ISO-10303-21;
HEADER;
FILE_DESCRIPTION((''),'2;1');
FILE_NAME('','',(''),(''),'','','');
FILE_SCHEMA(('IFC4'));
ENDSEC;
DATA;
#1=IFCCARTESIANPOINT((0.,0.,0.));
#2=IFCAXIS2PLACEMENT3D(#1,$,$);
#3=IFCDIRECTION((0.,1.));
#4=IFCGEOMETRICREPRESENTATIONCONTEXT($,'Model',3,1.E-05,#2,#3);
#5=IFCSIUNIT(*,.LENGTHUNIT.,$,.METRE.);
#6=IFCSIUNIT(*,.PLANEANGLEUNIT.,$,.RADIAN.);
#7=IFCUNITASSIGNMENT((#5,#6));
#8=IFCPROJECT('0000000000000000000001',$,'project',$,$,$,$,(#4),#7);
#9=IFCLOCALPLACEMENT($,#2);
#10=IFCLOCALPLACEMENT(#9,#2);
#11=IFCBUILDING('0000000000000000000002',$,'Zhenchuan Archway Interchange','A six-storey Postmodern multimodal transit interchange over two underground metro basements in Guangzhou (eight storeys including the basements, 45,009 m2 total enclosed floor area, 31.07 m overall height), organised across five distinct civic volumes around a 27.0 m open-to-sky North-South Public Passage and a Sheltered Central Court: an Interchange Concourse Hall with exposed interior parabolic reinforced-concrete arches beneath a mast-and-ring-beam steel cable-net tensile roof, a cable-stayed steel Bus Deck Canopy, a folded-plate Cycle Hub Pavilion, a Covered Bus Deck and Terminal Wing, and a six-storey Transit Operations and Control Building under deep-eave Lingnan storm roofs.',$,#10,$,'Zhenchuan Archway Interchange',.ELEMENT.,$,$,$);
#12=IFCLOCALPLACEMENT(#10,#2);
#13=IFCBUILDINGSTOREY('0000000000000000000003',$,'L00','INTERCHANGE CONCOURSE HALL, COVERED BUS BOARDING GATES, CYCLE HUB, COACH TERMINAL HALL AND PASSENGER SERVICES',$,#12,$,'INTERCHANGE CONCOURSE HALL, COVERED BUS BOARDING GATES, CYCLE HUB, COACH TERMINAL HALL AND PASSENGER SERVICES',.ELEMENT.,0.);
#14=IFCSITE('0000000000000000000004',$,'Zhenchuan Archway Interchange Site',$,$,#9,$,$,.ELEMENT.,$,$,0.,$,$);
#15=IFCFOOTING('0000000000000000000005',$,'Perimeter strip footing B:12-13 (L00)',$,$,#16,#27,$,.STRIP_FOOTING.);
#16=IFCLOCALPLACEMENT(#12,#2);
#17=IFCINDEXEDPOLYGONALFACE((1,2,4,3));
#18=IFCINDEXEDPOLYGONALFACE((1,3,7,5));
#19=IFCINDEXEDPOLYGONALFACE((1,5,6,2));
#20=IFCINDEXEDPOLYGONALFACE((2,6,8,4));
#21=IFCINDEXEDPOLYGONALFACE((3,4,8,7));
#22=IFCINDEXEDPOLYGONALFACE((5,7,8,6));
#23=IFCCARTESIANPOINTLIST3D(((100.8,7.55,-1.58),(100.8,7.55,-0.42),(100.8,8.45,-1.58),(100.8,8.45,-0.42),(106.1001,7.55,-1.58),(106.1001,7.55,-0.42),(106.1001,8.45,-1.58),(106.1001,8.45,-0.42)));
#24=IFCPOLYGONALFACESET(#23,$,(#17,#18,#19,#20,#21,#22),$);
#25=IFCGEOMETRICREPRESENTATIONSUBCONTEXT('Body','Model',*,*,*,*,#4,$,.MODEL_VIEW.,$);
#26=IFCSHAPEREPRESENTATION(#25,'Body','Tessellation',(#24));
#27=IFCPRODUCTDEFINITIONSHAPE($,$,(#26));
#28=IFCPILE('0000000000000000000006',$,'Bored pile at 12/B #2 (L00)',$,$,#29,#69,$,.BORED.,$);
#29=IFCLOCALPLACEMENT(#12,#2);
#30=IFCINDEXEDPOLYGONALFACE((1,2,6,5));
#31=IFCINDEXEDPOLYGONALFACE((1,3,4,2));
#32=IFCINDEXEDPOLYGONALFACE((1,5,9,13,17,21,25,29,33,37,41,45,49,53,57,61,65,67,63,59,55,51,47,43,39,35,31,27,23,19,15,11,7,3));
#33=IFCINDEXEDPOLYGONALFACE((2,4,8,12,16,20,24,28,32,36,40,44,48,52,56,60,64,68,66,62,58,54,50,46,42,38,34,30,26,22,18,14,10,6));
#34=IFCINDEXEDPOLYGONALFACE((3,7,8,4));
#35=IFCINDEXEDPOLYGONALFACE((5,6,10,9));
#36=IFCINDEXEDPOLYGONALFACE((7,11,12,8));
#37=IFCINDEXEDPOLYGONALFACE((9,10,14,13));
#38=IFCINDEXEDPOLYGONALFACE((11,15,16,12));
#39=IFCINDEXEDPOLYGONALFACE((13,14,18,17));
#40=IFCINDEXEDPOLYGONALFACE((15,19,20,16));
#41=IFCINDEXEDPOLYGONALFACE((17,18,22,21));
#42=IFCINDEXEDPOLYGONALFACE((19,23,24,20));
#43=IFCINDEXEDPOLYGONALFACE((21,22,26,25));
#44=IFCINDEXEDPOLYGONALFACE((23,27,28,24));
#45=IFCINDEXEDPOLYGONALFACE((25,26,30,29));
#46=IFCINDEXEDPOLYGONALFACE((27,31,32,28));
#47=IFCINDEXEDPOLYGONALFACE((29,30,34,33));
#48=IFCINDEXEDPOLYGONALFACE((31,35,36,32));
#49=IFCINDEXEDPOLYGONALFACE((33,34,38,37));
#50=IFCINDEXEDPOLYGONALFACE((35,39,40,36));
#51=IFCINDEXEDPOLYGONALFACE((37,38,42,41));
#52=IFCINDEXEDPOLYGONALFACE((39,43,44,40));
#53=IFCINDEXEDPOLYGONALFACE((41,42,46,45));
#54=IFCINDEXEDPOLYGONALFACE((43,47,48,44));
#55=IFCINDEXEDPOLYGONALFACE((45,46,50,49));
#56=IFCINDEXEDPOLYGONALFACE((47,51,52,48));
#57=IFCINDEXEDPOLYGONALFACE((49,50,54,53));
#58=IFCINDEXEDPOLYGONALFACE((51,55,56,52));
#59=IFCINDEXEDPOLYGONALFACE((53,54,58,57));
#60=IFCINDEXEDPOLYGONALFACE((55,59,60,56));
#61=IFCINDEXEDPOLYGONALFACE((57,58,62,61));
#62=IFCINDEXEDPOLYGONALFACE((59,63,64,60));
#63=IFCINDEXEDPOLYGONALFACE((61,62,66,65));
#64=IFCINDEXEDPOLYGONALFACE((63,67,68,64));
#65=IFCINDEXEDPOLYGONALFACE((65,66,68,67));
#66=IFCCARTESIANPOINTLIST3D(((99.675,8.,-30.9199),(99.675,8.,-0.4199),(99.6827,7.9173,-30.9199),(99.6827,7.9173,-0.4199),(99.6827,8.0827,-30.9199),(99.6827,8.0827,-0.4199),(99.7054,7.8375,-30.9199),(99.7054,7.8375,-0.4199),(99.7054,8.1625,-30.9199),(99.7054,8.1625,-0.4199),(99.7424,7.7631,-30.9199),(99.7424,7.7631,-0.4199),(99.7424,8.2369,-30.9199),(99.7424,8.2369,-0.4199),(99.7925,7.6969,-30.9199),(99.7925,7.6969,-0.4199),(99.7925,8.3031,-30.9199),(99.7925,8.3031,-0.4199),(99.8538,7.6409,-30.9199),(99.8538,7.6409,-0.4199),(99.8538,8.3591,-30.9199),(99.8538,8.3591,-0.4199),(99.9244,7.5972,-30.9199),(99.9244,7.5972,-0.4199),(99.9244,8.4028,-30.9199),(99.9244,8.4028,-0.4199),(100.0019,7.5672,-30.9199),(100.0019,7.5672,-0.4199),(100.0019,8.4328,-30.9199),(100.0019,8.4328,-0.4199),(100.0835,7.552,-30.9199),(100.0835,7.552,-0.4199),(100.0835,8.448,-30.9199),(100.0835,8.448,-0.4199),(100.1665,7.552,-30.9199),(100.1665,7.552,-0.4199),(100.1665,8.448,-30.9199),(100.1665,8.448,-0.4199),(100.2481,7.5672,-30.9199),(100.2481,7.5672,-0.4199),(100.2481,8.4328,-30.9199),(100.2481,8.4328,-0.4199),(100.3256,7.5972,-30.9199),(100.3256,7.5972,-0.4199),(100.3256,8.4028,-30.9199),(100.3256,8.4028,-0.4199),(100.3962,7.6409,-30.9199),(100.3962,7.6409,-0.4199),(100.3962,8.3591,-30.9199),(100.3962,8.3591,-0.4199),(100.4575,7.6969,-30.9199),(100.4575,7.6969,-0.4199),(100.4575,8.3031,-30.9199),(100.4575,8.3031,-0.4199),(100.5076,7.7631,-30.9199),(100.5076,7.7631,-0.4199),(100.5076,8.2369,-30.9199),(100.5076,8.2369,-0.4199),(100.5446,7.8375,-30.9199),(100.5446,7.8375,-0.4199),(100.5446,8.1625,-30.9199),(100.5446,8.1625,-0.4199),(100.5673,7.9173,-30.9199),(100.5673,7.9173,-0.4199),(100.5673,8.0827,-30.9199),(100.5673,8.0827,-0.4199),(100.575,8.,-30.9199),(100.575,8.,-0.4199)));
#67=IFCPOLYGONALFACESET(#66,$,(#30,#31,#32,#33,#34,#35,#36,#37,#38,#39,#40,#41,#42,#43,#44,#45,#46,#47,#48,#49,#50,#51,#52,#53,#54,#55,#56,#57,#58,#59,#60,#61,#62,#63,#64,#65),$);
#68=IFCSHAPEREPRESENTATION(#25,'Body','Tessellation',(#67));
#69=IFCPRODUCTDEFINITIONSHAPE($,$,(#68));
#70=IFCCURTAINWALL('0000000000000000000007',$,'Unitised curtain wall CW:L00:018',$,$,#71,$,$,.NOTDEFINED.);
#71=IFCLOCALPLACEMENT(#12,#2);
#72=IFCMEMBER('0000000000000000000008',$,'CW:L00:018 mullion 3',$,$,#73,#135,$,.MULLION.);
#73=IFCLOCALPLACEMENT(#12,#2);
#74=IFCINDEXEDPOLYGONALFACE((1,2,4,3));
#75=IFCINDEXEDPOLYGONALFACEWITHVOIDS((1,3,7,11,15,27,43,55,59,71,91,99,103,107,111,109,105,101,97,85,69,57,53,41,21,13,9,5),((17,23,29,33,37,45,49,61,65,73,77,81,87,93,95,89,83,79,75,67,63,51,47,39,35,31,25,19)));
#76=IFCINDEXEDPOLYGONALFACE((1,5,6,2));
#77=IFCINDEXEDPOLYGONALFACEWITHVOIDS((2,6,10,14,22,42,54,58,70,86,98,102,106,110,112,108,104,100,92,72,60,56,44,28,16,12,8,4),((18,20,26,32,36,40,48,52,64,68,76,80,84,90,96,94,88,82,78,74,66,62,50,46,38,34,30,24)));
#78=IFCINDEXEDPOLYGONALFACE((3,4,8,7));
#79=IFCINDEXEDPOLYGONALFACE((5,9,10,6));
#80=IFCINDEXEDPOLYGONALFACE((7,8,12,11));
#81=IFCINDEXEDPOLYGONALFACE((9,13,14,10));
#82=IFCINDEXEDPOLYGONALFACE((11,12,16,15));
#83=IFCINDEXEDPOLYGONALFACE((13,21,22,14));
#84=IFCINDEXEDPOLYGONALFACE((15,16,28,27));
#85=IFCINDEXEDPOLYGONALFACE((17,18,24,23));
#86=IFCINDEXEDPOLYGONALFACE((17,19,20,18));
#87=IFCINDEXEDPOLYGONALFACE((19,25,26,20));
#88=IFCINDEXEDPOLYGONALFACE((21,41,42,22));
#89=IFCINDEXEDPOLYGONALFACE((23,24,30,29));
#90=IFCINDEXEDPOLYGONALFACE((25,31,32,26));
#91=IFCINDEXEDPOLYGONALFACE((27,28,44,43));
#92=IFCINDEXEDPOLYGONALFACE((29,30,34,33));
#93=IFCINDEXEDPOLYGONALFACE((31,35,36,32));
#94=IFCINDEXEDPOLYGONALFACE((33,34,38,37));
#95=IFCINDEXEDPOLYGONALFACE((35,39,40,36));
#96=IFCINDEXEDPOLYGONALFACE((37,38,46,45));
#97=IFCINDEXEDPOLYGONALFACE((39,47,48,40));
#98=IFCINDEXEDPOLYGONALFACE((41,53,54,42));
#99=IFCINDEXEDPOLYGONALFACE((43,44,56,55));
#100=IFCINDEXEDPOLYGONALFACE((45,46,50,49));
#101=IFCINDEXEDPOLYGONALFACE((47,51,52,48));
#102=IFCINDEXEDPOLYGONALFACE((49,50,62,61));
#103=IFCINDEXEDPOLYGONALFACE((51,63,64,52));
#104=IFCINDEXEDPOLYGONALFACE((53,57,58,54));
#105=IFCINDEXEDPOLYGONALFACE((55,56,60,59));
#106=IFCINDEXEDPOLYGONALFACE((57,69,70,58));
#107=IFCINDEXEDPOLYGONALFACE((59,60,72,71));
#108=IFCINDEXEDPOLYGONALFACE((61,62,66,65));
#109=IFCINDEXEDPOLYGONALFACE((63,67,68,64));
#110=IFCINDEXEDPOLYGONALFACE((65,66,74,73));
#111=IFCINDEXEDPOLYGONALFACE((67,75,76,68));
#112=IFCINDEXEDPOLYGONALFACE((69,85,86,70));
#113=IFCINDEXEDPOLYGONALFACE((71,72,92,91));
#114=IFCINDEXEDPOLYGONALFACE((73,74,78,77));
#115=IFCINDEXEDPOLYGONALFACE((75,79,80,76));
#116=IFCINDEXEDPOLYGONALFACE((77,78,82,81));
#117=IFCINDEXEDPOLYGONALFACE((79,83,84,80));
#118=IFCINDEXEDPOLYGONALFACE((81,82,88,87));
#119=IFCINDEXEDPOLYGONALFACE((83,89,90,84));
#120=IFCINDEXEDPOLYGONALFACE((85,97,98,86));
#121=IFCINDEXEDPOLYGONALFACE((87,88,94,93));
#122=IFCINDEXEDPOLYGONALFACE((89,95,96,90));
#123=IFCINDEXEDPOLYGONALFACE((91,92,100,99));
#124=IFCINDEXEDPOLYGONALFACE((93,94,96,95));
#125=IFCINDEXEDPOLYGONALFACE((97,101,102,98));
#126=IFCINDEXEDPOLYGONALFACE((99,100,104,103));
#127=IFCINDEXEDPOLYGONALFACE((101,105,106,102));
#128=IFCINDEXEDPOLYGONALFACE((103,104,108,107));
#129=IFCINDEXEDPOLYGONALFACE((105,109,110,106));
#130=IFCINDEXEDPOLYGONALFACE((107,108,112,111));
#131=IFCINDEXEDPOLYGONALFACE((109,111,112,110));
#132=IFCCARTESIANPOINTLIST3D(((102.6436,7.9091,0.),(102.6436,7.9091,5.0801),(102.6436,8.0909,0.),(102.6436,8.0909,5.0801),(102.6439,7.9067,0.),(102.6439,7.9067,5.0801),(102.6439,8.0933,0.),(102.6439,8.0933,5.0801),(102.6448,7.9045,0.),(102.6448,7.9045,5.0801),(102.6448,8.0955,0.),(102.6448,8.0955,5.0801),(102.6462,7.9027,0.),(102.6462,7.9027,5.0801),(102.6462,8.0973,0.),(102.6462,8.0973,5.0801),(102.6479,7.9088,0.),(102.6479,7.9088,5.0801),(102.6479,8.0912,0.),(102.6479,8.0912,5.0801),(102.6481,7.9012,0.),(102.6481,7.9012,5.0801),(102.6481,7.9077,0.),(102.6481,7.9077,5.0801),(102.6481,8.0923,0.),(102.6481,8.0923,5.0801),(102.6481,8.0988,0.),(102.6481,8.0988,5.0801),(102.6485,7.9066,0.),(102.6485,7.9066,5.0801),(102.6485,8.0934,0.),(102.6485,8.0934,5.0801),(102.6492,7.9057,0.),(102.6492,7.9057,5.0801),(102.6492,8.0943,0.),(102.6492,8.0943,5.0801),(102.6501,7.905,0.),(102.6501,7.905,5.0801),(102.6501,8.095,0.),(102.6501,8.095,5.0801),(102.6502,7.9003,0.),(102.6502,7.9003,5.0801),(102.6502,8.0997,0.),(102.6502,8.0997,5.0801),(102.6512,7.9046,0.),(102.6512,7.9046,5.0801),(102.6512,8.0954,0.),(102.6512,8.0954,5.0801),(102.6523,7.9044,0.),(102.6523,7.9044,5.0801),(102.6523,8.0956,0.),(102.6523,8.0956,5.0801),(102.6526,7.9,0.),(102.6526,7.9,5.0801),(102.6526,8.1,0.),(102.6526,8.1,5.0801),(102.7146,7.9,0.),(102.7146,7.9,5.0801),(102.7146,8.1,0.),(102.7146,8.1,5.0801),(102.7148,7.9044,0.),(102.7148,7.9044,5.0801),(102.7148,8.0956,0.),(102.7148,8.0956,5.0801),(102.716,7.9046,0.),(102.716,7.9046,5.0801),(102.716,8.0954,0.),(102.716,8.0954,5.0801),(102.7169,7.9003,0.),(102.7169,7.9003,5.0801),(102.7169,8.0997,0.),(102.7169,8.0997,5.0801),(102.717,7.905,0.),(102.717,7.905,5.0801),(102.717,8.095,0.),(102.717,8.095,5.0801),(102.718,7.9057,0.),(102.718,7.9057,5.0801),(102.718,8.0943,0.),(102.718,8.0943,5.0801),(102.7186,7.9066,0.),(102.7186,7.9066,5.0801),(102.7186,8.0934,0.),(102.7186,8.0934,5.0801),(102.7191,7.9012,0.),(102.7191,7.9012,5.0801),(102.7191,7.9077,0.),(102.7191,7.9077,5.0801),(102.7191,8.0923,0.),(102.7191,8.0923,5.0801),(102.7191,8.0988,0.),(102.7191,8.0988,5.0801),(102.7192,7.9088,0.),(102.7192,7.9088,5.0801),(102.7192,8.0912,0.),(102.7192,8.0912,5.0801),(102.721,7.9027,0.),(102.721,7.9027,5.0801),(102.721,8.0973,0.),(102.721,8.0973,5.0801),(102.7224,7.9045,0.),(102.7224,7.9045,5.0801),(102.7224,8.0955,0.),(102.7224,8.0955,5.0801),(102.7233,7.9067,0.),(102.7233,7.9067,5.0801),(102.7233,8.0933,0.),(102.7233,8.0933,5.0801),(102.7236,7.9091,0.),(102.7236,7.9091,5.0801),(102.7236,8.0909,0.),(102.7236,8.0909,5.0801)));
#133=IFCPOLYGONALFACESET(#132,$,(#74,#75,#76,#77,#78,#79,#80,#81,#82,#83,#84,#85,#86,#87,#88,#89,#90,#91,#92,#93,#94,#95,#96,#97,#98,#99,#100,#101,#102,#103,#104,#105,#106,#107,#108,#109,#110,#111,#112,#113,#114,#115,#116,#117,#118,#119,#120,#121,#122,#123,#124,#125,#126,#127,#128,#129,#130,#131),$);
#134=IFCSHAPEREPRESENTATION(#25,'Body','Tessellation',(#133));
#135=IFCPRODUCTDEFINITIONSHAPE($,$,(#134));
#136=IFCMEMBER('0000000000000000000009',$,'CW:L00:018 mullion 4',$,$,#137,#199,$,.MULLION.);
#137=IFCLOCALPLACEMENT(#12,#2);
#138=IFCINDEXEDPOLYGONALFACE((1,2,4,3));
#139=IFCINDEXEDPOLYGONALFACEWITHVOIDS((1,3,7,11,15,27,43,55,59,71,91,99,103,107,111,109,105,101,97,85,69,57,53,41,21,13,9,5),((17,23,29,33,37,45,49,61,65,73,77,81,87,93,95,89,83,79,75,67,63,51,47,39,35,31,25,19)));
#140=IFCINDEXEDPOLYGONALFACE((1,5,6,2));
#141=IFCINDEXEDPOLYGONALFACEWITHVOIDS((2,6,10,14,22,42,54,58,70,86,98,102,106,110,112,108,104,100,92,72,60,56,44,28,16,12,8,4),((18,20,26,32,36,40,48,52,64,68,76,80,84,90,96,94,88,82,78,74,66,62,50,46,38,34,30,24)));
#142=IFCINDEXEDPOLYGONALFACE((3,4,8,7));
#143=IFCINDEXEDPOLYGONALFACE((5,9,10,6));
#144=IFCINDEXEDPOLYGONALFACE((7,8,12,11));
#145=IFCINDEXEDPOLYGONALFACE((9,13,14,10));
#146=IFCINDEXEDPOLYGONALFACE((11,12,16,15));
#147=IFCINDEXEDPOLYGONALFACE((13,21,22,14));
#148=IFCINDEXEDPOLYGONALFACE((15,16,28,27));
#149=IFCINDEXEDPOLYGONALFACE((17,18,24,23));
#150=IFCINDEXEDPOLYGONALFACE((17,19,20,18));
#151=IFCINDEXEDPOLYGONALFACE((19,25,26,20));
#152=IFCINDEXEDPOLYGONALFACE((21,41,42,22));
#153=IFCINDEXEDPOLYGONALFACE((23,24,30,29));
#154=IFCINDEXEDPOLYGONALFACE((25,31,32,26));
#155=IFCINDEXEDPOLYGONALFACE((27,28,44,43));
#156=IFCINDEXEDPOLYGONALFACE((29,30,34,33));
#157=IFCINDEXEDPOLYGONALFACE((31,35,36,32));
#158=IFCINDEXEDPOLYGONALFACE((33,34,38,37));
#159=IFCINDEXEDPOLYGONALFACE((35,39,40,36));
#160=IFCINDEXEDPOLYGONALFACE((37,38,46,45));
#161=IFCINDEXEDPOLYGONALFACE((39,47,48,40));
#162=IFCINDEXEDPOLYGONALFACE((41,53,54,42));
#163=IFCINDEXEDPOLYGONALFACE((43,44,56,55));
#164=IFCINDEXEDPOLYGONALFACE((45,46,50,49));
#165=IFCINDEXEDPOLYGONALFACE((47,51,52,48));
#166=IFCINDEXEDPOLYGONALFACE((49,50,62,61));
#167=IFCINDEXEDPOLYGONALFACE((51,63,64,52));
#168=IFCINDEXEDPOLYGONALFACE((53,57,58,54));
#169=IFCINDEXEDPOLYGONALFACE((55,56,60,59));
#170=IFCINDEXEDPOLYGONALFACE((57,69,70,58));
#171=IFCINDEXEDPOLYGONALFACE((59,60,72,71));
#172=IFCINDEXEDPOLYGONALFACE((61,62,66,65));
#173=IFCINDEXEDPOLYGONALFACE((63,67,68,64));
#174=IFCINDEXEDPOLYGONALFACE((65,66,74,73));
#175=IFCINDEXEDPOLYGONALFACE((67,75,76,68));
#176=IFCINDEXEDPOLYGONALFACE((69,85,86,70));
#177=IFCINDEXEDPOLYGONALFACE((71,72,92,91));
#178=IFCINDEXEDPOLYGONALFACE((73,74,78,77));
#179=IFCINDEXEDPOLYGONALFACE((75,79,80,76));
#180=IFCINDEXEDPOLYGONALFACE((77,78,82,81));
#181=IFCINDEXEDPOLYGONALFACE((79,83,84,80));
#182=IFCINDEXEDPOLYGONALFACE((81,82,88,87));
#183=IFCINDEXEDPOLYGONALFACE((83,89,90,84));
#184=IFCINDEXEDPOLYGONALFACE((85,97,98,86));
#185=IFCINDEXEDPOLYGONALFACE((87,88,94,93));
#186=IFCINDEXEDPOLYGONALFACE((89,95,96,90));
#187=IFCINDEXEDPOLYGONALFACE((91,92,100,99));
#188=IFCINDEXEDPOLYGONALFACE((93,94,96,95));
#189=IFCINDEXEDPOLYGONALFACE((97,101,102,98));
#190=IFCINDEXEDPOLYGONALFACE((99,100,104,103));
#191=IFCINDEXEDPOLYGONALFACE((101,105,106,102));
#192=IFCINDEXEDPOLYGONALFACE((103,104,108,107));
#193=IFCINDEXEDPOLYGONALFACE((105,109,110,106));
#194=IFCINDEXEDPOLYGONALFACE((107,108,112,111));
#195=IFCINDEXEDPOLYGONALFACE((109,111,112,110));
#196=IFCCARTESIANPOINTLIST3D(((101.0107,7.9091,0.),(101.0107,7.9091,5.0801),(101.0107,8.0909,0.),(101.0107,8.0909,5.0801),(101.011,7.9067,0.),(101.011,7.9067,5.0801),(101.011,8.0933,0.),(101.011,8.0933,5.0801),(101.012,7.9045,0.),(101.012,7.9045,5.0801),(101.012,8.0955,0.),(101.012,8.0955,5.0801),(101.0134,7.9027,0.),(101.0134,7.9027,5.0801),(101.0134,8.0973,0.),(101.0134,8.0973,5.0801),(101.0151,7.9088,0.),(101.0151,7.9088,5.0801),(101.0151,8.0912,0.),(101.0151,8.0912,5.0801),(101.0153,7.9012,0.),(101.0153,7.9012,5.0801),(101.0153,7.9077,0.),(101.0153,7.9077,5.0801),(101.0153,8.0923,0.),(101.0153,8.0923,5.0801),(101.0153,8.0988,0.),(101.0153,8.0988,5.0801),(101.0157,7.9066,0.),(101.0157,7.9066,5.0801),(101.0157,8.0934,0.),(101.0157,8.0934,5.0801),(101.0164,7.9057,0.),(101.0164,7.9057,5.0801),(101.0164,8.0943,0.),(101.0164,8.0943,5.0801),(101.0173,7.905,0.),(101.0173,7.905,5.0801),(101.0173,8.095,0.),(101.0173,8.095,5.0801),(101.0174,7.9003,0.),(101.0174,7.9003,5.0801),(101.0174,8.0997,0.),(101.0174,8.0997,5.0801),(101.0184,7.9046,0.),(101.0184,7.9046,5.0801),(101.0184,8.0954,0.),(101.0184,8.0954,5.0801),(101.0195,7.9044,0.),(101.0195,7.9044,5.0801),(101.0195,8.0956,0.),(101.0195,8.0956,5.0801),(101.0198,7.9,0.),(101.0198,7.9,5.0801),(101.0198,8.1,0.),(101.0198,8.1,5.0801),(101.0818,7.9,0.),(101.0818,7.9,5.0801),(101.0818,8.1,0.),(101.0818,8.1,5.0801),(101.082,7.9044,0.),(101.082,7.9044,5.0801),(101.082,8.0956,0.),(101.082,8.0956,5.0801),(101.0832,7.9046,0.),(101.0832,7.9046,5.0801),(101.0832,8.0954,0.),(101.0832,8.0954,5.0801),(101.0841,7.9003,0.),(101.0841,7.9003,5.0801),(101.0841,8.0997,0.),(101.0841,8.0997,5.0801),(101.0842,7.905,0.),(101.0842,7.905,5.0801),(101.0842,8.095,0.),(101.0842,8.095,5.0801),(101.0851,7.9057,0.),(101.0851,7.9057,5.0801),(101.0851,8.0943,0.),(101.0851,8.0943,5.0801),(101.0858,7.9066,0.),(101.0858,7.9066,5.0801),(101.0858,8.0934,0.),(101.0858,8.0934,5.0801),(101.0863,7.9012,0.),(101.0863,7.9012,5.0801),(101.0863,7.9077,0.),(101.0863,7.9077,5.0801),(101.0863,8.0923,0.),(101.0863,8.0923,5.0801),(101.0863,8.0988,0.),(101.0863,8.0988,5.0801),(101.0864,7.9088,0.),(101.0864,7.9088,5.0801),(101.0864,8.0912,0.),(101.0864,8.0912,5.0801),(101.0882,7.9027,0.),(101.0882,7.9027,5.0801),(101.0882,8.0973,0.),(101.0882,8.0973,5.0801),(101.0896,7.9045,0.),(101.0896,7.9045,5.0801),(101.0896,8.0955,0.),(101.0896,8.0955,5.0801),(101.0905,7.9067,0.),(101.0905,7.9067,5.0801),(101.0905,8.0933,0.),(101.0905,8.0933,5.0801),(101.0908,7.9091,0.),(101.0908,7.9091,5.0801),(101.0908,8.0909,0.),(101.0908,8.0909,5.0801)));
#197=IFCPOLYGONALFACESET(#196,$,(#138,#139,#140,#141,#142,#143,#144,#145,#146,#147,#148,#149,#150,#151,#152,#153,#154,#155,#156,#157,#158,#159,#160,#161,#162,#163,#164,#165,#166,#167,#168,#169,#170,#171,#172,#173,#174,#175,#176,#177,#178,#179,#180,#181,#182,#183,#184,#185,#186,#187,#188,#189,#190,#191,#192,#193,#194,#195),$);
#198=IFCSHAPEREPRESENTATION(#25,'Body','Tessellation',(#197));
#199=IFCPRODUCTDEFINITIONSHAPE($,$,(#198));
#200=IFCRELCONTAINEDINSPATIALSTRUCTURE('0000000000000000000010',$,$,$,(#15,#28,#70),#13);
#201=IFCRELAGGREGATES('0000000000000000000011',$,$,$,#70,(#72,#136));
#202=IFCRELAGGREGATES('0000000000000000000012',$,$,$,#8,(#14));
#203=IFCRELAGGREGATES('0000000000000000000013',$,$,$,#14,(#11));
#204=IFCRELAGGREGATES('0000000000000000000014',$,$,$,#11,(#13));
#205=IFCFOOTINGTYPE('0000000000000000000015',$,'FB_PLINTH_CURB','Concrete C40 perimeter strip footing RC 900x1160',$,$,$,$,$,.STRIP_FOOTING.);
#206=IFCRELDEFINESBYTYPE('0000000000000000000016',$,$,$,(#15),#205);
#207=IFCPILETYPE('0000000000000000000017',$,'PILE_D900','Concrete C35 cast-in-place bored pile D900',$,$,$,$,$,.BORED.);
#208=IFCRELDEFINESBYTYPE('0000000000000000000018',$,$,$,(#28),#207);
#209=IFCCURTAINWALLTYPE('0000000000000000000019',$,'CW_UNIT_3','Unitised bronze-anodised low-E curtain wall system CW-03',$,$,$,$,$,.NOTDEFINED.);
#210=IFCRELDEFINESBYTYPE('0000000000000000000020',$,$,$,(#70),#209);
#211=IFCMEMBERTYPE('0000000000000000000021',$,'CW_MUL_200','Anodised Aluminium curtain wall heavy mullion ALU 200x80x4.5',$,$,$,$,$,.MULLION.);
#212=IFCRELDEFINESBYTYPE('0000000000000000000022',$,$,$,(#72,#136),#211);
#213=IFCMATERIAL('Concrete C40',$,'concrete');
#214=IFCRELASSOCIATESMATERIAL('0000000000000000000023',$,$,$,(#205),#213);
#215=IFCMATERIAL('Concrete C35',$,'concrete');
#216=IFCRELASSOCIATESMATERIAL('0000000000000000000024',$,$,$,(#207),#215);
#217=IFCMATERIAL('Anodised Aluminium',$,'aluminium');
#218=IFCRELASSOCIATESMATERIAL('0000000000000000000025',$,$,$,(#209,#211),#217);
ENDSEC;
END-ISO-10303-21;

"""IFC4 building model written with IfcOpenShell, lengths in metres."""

from ifc_helpers import new_model, si_unit, direction, frame, origin, origin_2d, place, context, subcontext, project, spatial, rectangle, hollow_rectangle, circle, extrude, material, material_profile, profile_set, type_object, element, aggregate, save


model = new_model("IFC4")

# Units and contexts
model_context = context("Model", 3, precision=1e-05, world=origin(), true_north=direction((0.0, 1.0)))
body_context = subcontext(model_context, "Body", "Model", "MODEL_VIEW")
ifc_project = project(units=[si_unit("LENGTHUNIT", "METRE"), si_unit("PLANEANGLEUNIT", "RADIAN")], contexts=[model_context])

# Site, building, storey
site_placement = place(None, origin())
site = spatial("IfcSite", under=ifc_project, at=site_placement, Name="Zhenchuan Archway Interchange Site", CompositionType="ELEMENT", RefElevation=0.0)
building_placement = place(site_placement, origin())
building = spatial("IfcBuilding", under=site, at=building_placement, Name="Zhenchuan Archway Interchange", Description="A six-storey Postmodern multimodal transit interchange over two underground metro basements in Guangzhou (eight storeys including the basements, 45,009 m2 total enclosed floor area, 31.07 m overall height), organised across five distinct civic volumes around a 27.0 m open-to-sky North-South Public Passage and a Sheltered Central Court: an Interchange Concourse Hall with exposed interior parabolic reinforced-concrete arches beneath a mast-and-ring-beam steel cable-net tensile roof, a cable-stayed steel Bus Deck Canopy, a folded-plate Cycle Hub Pavilion, a Covered Bus Deck and Terminal Wing, and a six-storey Transit Operations and Control Building under deep-eave Lingnan storm roofs.", LongName="Zhenchuan Archway Interchange", CompositionType="ELEMENT")
storey_placement = place(building_placement, origin())
storey = spatial("IfcBuildingStorey", under=building, at=storey_placement, Name="L00", Description="INTERCHANGE CONCOURSE HALL, COVERED BUS BOARDING GATES, CYCLE HUB, COACH TERMINAL HALL AND PASSENGER SERVICES", LongName="INTERCHANGE CONCOURSE HALL, COVERED BUS BOARDING GATES, CYCLE HUB, COACH TERMINAL HALL AND PASSENGER SERVICES", CompositionType="ELEMENT", Elevation=0.0)

# Footing
ifc_material_1 = material(Name="Concrete C40", Category="concrete")
ifc_material_profile_1 = material_profile(ifc_material_1, rectangle(XDim=0.8999, YDim=1.1599, at=origin_2d()), Name="RC 900x1160")
ifc_profile_set_1 = profile_set([ifc_material_profile_1], Name="Concrete C40")
footing_type = type_object("IfcFootingType", Name="FB_PLINTH_CURB", Description="Concrete C40 perimeter strip footing RC 900x1160", PredefinedType="STRIP_FOOTING", material=ifc_profile_set_1)
footing_placement = place(storey_placement, frame((100.8, 8.0, -1.0), z_axis=(1.0, 0.0, 0.0), x_axis=(0.0, 1.0, 0.0)))
element("IfcFooting", 1, at=footing_placement, inside=storey, type_object=footing_type, Name="Perimeter strip footing B:12-13 (L00)", PredefinedType="STRIP_FOOTING", context=body_context, shape_type="SweptSolid", body=[
    extrude(rectangle(XDim=0.8999, YDim=1.1599, at=origin_2d()), origin(), (0.0, 0.0, 1.0), 5.3),
])

# Pile
ifc_material_2 = material(Name="Concrete C35", Category="concrete")
ifc_material_profile_2 = material_profile(ifc_material_2, circle(Radius=0.45, at=origin_2d()), Name="BORED PILE 900")
ifc_profile_set_2 = profile_set([ifc_material_profile_2], Name="Concrete C35")
pile_type = type_object("IfcPileType", Name="PILE_D900", Description="Concrete C35 cast-in-place bored pile D900", PredefinedType="BORED", material=ifc_profile_set_2)
pile_placement = place(storey_placement, frame((100.125, 8.0, -0.4199), z_axis=(0.0, 0.0, -1.0), x_axis=(1.0, 0.0, 0.0)))
element("IfcPile", 2, at=pile_placement, inside=storey, type_object=pile_type, Name="Bored pile at 12/B #2 (L00)", PredefinedType="BORED", context=body_context, shape_type="SweptSolid", body=[
    extrude(circle(Radius=0.45, at=origin_2d()), origin(), (0.0, 0.0, 1.0), 30.5),
])

# Curtain wall, members
ifc_material_3 = material(Name="Anodised Aluminium", Category="aluminium")
curtain_wall_type = type_object("IfcCurtainWallType", Name="CW_UNIT_3", Description="Unitised bronze-anodised low-E curtain wall system CW-03", PredefinedType="NOTDEFINED", material=ifc_material_3)
curtain_wall_placement = place(storey_placement, origin())
curtain_wall = element("IfcCurtainWall", 3, at=curtain_wall_placement, inside=storey, type_object=curtain_wall_type, Name="Unitised curtain wall CW:L00:018", PredefinedType="NOTDEFINED")
ifc_material_profile_3 = material_profile(ifc_material_3, hollow_rectangle(XDim=0.0801, YDim=0.2, WallThickness=0.0044, InnerFilletRadius=0.0044, OuterFilletRadius=0.009, at=origin_2d()), Name="ALU 200x80x4.5")
ifc_profile_set_3 = profile_set([ifc_material_profile_3], Name="Anodised Aluminium")
member_type_1 = type_object("IfcMemberType", Name="CW_MUL_200", Description="Anodised Aluminium curtain wall heavy mullion ALU 200x80x4.5", PredefinedType="MULLION", material=ifc_profile_set_3)
member_1_placement = place(storey_placement, frame((102.6836, 8.0, 0.0), z_axis=(0.0, 0.0, 1.0), x_axis=(1.0, 0.0, 0.0)))
member_1 = element("IfcMember", 4, at=member_1_placement, type_object=member_type_1, Name="CW:L00:018 mullion 3", PredefinedType="MULLION", context=body_context, shape_type="SweptSolid", body=[
    extrude(hollow_rectangle(XDim=0.0801, YDim=0.2, WallThickness=0.0044, InnerFilletRadius=0.0044, OuterFilletRadius=0.009, at=origin_2d()), origin(), (0.0, 0.0, 1.0), 5.0801),
])
member_2_placement = place(storey_placement, frame((101.0508, 8.0, 0.0), z_axis=(0.0, 0.0, 1.0), x_axis=(1.0, 0.0, 0.0)))
member_2 = element("IfcMember", 5, at=member_2_placement, type_object=member_type_1, Name="CW:L00:018 mullion 4", PredefinedType="MULLION", context=body_context, shape_type="SweptSolid", body=[
    extrude(hollow_rectangle(XDim=0.0801, YDim=0.2, WallThickness=0.0044, InnerFilletRadius=0.0044, OuterFilletRadius=0.009, at=origin_2d()), origin(), (0.0, 0.0, 1.0), 5.0801),
])

aggregate(curtain_wall, [member_1, member_2])

save(model, "model.ifc")
